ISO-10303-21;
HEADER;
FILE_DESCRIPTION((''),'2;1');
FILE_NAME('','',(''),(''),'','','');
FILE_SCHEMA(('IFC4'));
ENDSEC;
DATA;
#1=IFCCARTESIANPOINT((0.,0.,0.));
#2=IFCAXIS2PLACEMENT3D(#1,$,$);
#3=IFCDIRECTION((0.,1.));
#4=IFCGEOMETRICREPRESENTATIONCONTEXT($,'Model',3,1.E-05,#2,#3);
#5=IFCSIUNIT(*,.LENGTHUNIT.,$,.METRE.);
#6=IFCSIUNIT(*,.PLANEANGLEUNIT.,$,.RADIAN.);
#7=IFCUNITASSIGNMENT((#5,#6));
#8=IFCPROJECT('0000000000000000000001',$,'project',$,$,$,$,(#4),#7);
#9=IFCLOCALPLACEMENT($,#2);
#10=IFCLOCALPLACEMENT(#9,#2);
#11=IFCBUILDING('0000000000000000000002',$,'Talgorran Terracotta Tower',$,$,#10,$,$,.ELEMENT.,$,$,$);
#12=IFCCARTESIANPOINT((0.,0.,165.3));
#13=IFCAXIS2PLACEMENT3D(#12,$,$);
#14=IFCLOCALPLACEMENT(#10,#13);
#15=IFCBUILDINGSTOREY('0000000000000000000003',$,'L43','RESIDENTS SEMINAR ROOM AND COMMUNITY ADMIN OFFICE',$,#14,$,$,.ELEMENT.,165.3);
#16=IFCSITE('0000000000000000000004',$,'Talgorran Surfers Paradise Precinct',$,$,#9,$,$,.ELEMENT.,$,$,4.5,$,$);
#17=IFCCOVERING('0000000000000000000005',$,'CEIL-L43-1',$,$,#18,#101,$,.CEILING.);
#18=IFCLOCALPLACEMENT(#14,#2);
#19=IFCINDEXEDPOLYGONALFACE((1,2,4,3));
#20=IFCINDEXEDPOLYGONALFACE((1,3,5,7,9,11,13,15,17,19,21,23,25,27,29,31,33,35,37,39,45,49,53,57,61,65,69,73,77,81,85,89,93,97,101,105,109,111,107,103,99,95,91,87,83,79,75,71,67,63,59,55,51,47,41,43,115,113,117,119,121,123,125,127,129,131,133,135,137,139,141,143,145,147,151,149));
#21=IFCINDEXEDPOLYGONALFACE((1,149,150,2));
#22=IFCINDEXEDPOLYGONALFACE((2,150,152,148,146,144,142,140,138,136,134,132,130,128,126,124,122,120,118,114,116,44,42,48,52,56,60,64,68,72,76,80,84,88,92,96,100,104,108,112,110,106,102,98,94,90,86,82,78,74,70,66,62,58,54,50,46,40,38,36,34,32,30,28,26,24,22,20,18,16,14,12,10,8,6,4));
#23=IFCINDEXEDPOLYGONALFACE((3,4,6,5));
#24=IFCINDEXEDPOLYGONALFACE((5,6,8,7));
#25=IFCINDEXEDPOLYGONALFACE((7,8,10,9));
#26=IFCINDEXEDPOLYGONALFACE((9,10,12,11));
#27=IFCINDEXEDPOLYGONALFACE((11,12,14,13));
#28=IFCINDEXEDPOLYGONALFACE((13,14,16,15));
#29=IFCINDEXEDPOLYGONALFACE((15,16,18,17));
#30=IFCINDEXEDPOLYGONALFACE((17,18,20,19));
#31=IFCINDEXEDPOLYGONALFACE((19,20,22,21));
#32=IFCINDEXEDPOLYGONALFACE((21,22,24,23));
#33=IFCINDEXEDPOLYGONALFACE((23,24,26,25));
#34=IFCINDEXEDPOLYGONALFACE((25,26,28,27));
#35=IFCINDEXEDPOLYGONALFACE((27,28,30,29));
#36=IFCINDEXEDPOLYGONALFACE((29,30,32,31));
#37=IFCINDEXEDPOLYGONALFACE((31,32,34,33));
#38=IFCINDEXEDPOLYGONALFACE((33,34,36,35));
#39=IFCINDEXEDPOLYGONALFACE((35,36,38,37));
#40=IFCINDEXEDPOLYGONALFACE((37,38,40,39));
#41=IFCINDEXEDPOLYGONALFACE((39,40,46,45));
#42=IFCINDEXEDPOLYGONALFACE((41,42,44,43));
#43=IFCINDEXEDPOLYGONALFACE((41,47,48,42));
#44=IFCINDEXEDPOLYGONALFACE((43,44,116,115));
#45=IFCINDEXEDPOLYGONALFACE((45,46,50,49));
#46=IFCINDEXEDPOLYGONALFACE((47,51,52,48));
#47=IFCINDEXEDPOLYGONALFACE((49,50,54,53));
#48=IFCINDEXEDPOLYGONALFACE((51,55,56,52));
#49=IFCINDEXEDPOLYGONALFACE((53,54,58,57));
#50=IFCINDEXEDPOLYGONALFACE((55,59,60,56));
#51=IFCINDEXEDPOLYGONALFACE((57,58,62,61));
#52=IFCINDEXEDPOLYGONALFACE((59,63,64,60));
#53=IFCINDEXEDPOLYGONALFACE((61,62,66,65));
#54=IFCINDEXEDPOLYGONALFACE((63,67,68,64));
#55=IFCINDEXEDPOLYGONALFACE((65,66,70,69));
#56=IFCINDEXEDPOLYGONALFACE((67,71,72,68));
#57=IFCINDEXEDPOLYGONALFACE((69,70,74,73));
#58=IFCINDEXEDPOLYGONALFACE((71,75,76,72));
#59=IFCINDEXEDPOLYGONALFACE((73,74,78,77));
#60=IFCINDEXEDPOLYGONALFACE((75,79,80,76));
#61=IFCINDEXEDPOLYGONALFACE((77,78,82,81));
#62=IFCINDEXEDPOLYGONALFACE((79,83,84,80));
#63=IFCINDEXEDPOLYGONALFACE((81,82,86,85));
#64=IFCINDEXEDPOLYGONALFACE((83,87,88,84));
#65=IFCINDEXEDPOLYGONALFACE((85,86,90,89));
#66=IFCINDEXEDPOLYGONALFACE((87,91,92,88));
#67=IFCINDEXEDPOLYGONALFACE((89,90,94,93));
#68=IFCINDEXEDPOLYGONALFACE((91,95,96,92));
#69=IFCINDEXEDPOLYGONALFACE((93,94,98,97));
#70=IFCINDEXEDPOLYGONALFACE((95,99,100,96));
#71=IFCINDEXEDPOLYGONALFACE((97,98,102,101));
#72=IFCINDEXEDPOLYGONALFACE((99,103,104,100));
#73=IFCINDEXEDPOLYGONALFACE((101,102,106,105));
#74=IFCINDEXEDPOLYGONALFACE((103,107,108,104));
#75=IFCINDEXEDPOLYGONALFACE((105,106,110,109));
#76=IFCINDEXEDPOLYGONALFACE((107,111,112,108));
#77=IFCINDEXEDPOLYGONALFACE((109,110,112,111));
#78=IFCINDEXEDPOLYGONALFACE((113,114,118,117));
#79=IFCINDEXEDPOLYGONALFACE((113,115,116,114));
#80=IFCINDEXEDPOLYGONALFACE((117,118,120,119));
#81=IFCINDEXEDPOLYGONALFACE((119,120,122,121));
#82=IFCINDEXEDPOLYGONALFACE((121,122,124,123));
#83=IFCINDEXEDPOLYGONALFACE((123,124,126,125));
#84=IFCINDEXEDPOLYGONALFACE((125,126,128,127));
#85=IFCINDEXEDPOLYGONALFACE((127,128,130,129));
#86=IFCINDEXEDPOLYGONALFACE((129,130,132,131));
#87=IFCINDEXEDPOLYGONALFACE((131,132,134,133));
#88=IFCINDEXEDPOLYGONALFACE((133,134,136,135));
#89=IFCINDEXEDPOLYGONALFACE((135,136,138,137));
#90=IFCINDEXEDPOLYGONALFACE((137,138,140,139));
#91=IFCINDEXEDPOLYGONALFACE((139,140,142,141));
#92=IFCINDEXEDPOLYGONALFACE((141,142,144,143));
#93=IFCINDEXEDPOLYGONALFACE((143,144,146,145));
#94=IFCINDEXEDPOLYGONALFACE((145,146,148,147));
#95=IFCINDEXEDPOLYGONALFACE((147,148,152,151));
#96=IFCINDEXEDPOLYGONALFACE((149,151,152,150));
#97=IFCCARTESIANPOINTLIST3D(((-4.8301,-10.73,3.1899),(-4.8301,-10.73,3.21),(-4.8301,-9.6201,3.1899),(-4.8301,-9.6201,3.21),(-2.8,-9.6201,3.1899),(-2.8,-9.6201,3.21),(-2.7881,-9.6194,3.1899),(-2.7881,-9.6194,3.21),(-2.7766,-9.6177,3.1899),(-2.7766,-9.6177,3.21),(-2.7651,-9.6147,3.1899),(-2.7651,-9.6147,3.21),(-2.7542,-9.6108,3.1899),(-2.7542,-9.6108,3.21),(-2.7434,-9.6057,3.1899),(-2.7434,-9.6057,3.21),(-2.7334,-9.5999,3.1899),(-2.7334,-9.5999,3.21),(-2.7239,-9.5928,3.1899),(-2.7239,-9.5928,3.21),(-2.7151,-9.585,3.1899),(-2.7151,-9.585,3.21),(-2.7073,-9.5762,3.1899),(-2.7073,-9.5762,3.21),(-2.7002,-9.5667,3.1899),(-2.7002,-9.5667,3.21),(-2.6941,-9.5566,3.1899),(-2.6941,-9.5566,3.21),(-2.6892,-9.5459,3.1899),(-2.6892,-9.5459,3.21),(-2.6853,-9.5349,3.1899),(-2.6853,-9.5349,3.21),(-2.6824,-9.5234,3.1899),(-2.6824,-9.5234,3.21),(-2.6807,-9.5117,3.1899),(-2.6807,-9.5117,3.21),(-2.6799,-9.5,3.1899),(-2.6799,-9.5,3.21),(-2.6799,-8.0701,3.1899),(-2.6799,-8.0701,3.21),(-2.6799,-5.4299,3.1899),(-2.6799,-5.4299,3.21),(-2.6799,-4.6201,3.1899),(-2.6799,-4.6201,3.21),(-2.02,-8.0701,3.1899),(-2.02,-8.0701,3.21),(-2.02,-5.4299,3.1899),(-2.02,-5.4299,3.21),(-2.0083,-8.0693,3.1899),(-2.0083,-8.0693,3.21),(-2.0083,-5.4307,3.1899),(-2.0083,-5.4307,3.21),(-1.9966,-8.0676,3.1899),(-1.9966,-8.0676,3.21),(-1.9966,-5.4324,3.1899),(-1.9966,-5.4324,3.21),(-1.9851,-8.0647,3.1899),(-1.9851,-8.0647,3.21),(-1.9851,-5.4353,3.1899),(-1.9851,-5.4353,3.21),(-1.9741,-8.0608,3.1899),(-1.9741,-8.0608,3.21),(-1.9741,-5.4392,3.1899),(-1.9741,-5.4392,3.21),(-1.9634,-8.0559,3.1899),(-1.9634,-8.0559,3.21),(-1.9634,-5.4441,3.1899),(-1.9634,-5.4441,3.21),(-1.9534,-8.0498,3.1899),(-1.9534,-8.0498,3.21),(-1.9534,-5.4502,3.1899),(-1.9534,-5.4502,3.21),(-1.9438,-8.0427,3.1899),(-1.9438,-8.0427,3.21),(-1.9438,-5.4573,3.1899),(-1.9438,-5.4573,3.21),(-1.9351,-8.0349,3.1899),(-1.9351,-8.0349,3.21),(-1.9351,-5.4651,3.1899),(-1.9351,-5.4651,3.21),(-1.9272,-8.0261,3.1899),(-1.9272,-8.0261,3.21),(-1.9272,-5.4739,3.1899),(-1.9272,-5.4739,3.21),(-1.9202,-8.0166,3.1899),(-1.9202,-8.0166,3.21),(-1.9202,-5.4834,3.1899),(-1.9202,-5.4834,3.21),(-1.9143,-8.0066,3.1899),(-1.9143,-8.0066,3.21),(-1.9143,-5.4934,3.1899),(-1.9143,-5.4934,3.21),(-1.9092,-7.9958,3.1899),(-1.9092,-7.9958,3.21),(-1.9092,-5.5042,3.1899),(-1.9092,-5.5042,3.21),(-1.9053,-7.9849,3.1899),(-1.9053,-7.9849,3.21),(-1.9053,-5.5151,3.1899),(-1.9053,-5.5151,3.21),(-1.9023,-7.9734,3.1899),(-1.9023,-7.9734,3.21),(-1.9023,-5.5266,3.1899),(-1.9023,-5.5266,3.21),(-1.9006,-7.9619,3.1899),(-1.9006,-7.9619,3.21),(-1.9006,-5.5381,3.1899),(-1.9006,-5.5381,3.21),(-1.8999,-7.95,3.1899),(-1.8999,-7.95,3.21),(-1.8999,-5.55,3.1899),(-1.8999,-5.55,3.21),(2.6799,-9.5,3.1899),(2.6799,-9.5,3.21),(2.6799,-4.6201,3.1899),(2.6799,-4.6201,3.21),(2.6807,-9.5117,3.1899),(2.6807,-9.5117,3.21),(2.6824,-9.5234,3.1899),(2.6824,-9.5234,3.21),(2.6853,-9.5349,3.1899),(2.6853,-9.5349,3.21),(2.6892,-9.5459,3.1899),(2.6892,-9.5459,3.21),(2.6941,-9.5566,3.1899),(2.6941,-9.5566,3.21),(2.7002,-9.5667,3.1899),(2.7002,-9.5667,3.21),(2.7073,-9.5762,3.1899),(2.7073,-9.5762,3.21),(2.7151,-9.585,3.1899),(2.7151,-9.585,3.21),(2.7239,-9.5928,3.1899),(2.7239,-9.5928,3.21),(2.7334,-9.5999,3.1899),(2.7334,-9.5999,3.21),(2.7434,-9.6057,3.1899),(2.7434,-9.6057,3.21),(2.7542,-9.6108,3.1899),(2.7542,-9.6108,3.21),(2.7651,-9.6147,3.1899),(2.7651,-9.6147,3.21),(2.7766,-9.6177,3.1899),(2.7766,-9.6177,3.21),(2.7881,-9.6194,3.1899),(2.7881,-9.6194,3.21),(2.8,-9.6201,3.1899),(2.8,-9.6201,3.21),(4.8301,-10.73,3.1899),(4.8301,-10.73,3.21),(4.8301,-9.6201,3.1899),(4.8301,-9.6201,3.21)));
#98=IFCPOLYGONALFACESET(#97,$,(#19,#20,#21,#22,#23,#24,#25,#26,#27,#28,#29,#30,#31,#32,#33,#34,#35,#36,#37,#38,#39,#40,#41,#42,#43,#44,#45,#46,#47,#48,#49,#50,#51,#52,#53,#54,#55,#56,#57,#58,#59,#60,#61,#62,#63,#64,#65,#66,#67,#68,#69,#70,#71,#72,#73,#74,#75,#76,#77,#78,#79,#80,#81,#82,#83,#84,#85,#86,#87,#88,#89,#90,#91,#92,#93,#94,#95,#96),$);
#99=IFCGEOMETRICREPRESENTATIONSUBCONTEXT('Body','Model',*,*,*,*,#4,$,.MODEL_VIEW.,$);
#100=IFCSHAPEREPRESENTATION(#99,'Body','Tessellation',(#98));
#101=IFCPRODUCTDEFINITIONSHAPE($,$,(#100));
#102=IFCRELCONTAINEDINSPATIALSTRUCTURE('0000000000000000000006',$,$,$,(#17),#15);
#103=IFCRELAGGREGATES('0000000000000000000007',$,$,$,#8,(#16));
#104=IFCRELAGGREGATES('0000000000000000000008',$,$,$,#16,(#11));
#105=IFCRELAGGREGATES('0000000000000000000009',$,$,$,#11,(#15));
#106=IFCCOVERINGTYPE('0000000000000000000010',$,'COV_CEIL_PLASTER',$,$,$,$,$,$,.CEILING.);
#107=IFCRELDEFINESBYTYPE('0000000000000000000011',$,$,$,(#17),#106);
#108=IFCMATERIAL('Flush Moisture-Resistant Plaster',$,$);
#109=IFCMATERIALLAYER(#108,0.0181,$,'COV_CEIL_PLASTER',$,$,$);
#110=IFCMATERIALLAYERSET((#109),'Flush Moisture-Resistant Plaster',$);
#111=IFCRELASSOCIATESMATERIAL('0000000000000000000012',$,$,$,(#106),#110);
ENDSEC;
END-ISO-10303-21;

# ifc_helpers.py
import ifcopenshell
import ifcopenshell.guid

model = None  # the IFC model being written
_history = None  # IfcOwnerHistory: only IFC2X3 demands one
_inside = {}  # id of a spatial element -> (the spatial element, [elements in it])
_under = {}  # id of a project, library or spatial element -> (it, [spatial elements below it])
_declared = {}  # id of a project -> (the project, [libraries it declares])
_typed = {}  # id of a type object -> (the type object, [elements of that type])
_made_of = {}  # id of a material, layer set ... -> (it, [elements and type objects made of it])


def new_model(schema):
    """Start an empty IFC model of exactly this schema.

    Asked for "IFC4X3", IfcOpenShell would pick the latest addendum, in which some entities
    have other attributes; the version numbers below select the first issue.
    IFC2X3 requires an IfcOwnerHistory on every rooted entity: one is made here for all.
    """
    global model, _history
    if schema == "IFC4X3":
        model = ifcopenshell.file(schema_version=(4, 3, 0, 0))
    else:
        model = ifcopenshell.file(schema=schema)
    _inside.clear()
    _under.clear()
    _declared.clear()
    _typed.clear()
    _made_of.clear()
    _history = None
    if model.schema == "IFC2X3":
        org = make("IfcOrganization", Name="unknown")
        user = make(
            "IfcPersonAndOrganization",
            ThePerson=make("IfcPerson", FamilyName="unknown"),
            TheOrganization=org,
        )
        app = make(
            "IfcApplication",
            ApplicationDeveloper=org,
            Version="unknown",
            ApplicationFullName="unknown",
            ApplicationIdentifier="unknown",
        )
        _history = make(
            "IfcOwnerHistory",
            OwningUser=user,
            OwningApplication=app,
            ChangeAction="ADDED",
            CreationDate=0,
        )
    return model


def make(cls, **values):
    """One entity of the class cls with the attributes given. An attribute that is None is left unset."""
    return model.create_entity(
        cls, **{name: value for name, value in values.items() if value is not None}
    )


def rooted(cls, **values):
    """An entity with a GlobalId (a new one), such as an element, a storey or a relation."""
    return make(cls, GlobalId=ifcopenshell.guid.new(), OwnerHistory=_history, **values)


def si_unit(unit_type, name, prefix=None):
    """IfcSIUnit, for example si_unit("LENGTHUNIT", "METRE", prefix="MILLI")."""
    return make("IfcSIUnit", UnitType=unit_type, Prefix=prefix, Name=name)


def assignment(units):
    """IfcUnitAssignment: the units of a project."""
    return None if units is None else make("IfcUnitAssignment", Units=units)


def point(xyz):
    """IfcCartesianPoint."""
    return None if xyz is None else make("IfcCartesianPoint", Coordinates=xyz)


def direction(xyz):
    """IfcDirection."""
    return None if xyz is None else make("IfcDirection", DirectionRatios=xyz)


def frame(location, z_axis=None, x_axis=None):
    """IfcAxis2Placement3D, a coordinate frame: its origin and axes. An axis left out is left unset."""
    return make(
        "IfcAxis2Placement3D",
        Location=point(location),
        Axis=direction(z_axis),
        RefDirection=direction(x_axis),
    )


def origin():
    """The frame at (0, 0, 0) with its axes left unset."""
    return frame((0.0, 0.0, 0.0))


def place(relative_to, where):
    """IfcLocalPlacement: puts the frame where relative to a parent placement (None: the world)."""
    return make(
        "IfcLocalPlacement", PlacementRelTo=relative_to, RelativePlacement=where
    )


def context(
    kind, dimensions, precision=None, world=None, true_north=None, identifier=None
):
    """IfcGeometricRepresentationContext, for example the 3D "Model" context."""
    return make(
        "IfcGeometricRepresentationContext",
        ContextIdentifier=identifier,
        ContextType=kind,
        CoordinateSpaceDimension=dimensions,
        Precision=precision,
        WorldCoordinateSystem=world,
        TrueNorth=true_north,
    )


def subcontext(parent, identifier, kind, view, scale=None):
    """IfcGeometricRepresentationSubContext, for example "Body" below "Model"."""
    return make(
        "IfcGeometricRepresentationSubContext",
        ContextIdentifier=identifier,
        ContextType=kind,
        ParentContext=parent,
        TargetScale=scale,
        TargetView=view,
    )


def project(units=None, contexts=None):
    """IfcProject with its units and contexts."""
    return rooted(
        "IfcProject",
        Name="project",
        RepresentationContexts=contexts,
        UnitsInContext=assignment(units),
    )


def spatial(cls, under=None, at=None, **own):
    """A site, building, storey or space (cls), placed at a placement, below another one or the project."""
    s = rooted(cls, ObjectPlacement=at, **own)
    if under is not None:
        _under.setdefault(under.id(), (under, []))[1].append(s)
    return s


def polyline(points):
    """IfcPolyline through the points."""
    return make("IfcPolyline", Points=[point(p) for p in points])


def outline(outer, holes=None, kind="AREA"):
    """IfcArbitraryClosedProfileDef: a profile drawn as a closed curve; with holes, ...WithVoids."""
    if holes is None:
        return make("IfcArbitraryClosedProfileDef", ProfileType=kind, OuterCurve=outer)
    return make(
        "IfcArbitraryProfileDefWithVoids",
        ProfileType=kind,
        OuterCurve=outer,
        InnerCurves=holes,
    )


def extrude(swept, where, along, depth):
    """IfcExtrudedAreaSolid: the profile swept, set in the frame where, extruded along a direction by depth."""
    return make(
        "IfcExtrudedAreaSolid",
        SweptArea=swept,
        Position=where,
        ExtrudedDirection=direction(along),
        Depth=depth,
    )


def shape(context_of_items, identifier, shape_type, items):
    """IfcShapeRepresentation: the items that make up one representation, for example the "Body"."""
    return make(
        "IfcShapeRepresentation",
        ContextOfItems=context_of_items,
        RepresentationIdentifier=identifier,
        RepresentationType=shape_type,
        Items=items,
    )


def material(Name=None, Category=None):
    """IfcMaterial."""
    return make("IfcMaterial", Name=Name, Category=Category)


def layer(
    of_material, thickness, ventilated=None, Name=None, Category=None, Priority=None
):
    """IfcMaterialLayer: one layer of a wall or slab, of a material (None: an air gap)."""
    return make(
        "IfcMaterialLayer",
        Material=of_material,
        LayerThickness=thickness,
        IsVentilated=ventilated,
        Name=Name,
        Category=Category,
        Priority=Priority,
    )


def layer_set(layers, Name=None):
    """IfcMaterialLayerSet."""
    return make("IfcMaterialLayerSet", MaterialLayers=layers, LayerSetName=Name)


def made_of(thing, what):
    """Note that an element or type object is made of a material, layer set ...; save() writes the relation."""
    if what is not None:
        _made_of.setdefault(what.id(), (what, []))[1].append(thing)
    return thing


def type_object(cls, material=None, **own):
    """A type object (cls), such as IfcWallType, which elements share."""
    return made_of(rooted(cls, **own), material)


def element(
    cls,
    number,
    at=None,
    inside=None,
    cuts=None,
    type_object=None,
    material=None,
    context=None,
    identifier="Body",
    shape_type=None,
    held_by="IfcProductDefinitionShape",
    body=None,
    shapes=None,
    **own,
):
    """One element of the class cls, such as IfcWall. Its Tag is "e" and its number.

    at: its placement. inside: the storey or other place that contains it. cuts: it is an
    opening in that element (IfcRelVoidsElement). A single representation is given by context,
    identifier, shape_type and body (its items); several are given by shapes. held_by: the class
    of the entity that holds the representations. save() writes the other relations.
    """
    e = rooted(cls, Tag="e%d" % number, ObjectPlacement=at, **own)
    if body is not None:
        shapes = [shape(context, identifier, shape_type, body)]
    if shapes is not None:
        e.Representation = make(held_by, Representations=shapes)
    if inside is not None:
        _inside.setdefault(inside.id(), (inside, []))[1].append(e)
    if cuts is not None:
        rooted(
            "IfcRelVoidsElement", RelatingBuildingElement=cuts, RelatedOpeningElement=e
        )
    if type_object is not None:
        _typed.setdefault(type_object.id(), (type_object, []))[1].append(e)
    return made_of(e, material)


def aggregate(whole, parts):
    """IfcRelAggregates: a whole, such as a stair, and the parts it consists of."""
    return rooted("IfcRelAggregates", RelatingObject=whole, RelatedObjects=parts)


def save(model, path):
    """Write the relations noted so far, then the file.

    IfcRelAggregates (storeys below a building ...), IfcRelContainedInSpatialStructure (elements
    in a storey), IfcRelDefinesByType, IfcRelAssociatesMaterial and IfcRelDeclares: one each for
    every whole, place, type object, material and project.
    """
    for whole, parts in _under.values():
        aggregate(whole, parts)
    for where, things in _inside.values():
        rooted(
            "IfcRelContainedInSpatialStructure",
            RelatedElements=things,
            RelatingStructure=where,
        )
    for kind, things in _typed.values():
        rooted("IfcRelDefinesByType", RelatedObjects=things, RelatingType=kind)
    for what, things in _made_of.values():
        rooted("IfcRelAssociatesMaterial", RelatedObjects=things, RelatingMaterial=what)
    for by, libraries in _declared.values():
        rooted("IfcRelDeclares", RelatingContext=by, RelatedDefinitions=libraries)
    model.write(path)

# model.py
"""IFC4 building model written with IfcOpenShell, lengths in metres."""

from ifc_helpers import new_model, si_unit, direction, frame, origin, place, context, subcontext, project, spatial, polyline, outline, extrude, material, layer, layer_set, type_object, element, save


model = new_model("IFC4")

# Units and contexts
model_context = context("Model", 3, precision=1e-05, world=origin(), true_north=direction((0.0, 1.0)))
body_context = subcontext(model_context, "Body", "Model", "MODEL_VIEW")
ifc_project = project(units=[si_unit("LENGTHUNIT", "METRE"), si_unit("PLANEANGLEUNIT", "RADIAN")], contexts=[model_context])

# Site, building, storey
site_placement = place(None, origin())
site = spatial("IfcSite", under=ifc_project, at=site_placement, Name="Talgorran Surfers Paradise Precinct", CompositionType="ELEMENT", RefElevation=4.5)
building_placement = place(site_placement, origin())
building = spatial("IfcBuilding", under=site, at=building_placement, Name="Talgorran Terracotta Tower", CompositionType="ELEMENT")
storey_placement = place(building_placement, frame((0.0, 0.0, 165.3)))
storey = spatial("IfcBuildingStorey", under=building, at=storey_placement, Name="L43", Description="RESIDENTS SEMINAR ROOM AND COMMUNITY ADMIN OFFICE", CompositionType="ELEMENT", Elevation=165.3)

# Covering
ifc_material_1 = material(Name="Flush Moisture-Resistant Plaster")
ifc_layer_1 = layer(ifc_material_1, 0.0181, Name="COV_CEIL_PLASTER")
ifc_layer_set_1 = layer_set([ifc_layer_1], Name="Flush Moisture-Resistant Plaster")
covering_type_1 = type_object("IfcCoveringType", Name="COV_CEIL_PLASTER", PredefinedType="CEILING", material=ifc_layer_set_1)
covering_1_placement = place(storey_placement, frame((0.0, 0.0, 3.1899)))
element("IfcCovering", 1, at=covering_1_placement, inside=storey, type_object=covering_type_1, Name="CEIL-L43-1", PredefinedType="CEILING", context=body_context, shape_type="SweptSolid", body=[
    extrude(outline(polyline([(2.6799, -4.6201), (2.6799, -9.5), (2.6807, -9.5117), (2.6824, -9.5234), (2.6853, -9.5349), (2.6892, -9.5459), (2.6941, -9.5566), (2.7002, -9.5667), (2.7073, -9.5762), (2.7151, -9.585), (2.7239, -9.5928), (2.7334, -9.5999), (2.7434, -9.6057), (2.7542, -9.6108), (2.7651, -9.6147), (2.7766, -9.6177), (2.7881, -9.6194), (2.8, -9.6201), (4.8301, -9.6201), (4.8301, -10.73), (-4.8301, -10.73), (-4.8301, -9.6201), (-2.8, -9.6201), (-2.7881, -9.6194), (-2.7766, -9.6177), (-2.7651, -9.6147), (-2.7542, -9.6108), (-2.7434, -9.6057), (-2.7334, -9.5999), (-2.7239, -9.5928), (-2.7151, -9.585), (-2.7073, -9.5762), (-2.7002, -9.5667), (-2.6941, -9.5566), (-2.6892, -9.5459), (-2.6853, -9.5349), (-2.6824, -9.5234), (-2.6807, -9.5117), (-2.6799, -9.5), (-2.6799, -8.0701), (-2.02, -8.0701), (-2.0083, -8.0693), (-1.9966, -8.0676), (-1.9851, -8.0647), (-1.9741, -8.0608), (-1.9634, -8.0559), (-1.9534, -8.0498), (-1.9438, -8.0427), (-1.9351, -8.0349), (-1.9272, -8.0261), (-1.9202, -8.0166), (-1.9143, -8.0066), (-1.9092, -7.9958), (-1.9053, -7.9849), (-1.9023, -7.9734), (-1.9006, -7.9619), (-1.8999, -7.95), (-1.8999, -5.55), (-1.9006, -5.5381), (-1.9023, -5.5266), (-1.9053, -5.5151), (-1.9092, -5.5042), (-1.9143, -5.4934), (-1.9202, -5.4834), (-1.9272, -5.4739), (-1.9351, -5.4651), (-1.9438, -5.4573), (-1.9534, -5.4502), (-1.9634, -5.4441), (-1.9741, -5.4392), (-1.9851, -5.4353), (-1.9966, -5.4324), (-2.0083, -5.4307), (-2.02, -5.4299), (-2.6799, -5.4299), (-2.6799, -4.6201), (2.6799, -4.6201)])), origin(), (0.0, 0.0, 1.0), 0.02),
])

save(model, "model.ifc")
